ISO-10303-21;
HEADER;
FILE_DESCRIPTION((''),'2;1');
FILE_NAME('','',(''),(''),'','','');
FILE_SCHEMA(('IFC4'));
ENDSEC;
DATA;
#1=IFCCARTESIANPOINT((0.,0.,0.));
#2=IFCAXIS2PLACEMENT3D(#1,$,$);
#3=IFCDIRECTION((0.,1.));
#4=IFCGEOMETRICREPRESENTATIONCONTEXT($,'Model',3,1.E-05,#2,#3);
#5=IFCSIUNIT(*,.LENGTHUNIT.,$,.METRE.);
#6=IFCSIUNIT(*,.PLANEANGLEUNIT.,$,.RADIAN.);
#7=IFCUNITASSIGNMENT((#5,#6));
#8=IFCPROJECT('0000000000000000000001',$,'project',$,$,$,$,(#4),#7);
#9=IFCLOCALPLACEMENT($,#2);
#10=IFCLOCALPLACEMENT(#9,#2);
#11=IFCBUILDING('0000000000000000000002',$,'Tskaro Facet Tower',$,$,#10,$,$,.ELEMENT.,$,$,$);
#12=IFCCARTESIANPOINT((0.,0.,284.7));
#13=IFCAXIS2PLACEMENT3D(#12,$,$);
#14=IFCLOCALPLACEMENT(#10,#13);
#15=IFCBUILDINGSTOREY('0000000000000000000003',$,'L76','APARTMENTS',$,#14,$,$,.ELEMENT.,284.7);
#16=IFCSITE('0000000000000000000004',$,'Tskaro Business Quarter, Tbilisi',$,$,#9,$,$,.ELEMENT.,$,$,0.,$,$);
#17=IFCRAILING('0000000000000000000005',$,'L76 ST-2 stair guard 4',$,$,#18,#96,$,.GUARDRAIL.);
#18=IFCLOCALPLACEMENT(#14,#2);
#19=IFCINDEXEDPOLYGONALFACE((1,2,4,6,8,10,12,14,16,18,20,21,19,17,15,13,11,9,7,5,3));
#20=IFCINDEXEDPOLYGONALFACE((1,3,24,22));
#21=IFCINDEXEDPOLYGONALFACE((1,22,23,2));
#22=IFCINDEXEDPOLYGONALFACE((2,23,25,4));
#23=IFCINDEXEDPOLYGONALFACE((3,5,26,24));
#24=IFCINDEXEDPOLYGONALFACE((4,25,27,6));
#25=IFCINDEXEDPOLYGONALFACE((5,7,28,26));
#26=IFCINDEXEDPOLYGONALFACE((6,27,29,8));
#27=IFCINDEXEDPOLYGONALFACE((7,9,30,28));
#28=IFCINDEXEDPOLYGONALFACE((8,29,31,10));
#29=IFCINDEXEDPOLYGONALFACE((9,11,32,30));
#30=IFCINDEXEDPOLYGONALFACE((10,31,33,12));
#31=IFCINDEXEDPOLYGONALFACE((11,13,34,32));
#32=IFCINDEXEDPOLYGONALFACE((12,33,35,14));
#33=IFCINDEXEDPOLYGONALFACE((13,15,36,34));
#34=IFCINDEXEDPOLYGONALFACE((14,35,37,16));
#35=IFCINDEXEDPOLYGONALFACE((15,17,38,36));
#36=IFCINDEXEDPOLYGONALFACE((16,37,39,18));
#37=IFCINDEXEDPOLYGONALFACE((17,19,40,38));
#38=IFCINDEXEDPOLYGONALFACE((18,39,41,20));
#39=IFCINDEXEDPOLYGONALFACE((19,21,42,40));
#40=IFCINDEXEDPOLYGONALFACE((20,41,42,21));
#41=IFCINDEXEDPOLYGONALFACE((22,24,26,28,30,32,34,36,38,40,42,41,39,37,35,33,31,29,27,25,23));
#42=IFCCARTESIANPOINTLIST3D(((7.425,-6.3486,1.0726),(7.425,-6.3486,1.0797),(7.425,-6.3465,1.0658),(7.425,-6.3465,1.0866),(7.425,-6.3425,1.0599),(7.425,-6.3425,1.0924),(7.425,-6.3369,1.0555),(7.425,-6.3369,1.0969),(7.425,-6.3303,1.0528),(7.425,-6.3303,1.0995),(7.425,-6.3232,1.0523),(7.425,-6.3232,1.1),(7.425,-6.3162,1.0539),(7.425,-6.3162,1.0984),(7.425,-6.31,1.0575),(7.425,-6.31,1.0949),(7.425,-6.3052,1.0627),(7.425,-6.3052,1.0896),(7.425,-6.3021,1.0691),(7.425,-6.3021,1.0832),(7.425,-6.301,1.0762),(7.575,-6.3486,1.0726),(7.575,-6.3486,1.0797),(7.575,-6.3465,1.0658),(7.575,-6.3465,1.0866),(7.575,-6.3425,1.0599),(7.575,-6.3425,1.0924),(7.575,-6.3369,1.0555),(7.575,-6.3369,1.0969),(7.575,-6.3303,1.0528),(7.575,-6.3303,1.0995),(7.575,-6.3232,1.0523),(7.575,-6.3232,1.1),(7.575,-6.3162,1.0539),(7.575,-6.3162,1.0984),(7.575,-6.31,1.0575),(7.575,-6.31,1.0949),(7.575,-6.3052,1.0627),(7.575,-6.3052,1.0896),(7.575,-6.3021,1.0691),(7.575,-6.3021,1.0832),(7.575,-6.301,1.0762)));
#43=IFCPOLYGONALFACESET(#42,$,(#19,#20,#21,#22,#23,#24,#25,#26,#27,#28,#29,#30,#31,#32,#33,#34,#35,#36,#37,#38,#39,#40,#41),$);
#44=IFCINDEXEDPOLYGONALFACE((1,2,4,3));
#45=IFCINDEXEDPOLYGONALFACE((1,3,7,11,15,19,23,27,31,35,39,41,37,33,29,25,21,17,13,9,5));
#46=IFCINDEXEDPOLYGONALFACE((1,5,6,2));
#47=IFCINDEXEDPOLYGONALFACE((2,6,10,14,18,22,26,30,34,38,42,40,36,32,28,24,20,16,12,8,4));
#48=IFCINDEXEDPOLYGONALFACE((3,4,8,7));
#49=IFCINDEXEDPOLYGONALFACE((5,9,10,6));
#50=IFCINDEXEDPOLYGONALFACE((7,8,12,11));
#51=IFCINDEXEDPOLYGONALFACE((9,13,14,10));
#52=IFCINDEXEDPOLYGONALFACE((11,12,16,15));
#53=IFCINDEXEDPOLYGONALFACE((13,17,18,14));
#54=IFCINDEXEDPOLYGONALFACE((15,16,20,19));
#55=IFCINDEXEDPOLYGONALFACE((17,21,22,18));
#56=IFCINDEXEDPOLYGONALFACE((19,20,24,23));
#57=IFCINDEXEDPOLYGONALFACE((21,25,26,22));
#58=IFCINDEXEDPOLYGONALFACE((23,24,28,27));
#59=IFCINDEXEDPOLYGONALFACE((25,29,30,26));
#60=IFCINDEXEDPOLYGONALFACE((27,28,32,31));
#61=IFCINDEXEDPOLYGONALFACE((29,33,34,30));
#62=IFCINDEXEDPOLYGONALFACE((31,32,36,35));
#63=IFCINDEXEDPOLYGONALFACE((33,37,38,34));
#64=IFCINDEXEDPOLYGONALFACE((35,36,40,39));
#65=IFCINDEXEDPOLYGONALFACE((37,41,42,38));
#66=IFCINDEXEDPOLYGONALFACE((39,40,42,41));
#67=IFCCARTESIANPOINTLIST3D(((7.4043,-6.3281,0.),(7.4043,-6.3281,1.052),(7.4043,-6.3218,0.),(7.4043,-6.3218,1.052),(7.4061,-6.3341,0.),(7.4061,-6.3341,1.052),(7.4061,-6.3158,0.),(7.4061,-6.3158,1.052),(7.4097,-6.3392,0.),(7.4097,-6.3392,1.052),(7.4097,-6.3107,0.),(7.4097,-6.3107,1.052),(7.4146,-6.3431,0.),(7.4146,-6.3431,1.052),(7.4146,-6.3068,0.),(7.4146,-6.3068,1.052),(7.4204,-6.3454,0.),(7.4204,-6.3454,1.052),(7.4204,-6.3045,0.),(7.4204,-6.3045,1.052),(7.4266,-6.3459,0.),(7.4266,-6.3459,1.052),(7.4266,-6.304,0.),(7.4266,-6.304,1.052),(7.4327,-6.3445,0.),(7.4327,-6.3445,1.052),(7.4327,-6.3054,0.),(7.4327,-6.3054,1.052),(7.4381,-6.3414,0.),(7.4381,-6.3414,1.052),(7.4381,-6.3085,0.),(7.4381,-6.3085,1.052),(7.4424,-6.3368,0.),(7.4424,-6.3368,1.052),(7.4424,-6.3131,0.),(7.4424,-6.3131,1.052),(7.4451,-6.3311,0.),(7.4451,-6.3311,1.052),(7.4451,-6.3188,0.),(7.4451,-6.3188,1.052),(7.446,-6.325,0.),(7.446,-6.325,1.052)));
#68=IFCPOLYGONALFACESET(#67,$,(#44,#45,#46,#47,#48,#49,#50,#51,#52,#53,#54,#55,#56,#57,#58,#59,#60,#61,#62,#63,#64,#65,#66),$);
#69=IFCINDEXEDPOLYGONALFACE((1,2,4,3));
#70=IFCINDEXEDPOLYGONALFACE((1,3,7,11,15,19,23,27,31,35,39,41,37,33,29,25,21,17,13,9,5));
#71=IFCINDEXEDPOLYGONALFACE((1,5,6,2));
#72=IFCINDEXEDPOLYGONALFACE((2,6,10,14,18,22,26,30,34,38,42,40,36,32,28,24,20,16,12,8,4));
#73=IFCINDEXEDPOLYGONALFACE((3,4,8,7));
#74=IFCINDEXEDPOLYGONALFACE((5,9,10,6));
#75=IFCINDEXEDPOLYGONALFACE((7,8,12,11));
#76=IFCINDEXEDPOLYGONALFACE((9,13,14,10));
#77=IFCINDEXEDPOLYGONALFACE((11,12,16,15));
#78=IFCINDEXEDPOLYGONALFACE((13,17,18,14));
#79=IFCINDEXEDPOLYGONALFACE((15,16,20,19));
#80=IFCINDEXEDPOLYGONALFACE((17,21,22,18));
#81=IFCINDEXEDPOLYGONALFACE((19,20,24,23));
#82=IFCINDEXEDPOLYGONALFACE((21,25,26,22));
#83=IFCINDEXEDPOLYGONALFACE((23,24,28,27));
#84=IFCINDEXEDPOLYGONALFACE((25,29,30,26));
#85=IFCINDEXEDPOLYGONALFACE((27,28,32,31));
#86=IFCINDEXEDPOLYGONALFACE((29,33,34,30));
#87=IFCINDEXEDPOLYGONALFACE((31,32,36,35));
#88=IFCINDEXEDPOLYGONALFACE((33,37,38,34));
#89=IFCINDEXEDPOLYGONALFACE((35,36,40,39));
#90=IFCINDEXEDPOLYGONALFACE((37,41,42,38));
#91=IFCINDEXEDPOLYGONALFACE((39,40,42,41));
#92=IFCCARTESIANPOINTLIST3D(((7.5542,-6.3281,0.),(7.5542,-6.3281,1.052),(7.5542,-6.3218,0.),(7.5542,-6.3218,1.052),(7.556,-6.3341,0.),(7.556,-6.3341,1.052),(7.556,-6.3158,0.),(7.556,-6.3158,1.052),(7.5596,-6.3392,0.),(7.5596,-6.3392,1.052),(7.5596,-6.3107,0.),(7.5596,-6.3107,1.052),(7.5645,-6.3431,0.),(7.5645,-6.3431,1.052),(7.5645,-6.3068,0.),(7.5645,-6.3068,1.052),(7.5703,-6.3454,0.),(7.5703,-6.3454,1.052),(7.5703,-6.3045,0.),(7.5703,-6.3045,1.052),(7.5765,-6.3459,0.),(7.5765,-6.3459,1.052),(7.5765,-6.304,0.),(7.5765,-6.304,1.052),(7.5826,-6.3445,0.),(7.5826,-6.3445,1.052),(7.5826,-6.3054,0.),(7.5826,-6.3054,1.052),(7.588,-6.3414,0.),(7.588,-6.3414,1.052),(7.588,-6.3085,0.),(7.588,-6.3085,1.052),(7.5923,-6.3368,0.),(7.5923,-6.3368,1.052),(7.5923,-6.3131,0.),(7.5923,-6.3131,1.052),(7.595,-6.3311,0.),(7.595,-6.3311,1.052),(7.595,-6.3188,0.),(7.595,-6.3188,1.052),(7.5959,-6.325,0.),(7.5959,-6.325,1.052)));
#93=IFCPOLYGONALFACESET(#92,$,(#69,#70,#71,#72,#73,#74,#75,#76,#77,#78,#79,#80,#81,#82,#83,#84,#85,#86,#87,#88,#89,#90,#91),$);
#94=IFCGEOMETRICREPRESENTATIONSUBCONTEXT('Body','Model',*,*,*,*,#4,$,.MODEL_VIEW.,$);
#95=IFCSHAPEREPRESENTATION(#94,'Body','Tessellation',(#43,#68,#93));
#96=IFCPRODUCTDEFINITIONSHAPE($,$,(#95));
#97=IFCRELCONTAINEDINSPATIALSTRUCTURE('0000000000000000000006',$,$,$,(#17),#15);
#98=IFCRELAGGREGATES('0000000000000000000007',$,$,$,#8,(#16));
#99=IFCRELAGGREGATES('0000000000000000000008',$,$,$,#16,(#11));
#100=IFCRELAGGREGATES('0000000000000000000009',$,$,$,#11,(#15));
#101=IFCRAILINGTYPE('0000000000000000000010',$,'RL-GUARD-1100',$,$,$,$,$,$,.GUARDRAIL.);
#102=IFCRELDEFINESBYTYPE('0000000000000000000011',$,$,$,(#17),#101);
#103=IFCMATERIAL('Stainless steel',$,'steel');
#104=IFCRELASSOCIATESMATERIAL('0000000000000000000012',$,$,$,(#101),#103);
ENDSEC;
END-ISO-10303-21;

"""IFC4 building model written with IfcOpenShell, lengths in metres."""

from ifc_helpers import new_model, si_unit, direction, frame, origin, origin_2d, place, context, subcontext, project, spatial, circle, extrude, material, type_object, element, save


model = new_model("IFC4")

# Units and contexts
model_context = context("Model", 3, precision=1e-05, world=origin(), true_north=direction((0.0, 1.0)))
body_context = subcontext(model_context, "Body", "Model", "MODEL_VIEW")
ifc_project = project(units=[si_unit("LENGTHUNIT", "METRE"), si_unit("PLANEANGLEUNIT", "RADIAN")], contexts=[model_context])

# Site, building, storey
site_placement = place(None, origin())
site = spatial("IfcSite", under=ifc_project, at=site_placement, Name="Tskaro Business Quarter, Tbilisi", CompositionType="ELEMENT", RefElevation=0.0)
building_placement = place(site_placement, origin())
building = spatial("IfcBuilding", under=site, at=building_placement, Name="Tskaro Facet Tower", CompositionType="ELEMENT")
storey_placement = place(building_placement, frame((0.0, 0.0, 284.7)))
storey = spatial("IfcBuildingStorey", under=building, at=storey_placement, Name="L76", Description="APARTMENTS", CompositionType="ELEMENT", Elevation=284.7)

# Railing
ifc_material_1 = material(Name="Stainless steel", Category="steel")
railing_type_1 = type_object("IfcRailingType", Name="RL-GUARD-1100", PredefinedType="GUARDRAIL", material=ifc_material_1)
railing_1_placement = place(storey_placement, frame((7.425, -6.325, 0.0)))
element("IfcRailing", 1, at=railing_1_placement, inside=storey, type_object=railing_type_1, Name="L76 ST-2 stair guard 4", PredefinedType="GUARDRAIL", context=body_context, shape_type="SweptSolid", body=[
    extrude(circle(Radius=0.0239, at=origin_2d()), frame((0.0, 0.0, 1.0762), z_axis=(1.0, 0.0, 0.0), x_axis=(0.0, 1.0, 0.0)), (0.0, 0.0, 1.0), 0.1499),
    extrude(circle(Radius=0.021, at=origin_2d()), origin(), (0.0, 0.0, 1.0), 1.052),
    extrude(circle(Radius=0.021, at=origin_2d()), frame((0.1499, 0.0, 0.0)), (0.0, 0.0, 1.0), 1.052),
])

save(model, "model.ifc")
